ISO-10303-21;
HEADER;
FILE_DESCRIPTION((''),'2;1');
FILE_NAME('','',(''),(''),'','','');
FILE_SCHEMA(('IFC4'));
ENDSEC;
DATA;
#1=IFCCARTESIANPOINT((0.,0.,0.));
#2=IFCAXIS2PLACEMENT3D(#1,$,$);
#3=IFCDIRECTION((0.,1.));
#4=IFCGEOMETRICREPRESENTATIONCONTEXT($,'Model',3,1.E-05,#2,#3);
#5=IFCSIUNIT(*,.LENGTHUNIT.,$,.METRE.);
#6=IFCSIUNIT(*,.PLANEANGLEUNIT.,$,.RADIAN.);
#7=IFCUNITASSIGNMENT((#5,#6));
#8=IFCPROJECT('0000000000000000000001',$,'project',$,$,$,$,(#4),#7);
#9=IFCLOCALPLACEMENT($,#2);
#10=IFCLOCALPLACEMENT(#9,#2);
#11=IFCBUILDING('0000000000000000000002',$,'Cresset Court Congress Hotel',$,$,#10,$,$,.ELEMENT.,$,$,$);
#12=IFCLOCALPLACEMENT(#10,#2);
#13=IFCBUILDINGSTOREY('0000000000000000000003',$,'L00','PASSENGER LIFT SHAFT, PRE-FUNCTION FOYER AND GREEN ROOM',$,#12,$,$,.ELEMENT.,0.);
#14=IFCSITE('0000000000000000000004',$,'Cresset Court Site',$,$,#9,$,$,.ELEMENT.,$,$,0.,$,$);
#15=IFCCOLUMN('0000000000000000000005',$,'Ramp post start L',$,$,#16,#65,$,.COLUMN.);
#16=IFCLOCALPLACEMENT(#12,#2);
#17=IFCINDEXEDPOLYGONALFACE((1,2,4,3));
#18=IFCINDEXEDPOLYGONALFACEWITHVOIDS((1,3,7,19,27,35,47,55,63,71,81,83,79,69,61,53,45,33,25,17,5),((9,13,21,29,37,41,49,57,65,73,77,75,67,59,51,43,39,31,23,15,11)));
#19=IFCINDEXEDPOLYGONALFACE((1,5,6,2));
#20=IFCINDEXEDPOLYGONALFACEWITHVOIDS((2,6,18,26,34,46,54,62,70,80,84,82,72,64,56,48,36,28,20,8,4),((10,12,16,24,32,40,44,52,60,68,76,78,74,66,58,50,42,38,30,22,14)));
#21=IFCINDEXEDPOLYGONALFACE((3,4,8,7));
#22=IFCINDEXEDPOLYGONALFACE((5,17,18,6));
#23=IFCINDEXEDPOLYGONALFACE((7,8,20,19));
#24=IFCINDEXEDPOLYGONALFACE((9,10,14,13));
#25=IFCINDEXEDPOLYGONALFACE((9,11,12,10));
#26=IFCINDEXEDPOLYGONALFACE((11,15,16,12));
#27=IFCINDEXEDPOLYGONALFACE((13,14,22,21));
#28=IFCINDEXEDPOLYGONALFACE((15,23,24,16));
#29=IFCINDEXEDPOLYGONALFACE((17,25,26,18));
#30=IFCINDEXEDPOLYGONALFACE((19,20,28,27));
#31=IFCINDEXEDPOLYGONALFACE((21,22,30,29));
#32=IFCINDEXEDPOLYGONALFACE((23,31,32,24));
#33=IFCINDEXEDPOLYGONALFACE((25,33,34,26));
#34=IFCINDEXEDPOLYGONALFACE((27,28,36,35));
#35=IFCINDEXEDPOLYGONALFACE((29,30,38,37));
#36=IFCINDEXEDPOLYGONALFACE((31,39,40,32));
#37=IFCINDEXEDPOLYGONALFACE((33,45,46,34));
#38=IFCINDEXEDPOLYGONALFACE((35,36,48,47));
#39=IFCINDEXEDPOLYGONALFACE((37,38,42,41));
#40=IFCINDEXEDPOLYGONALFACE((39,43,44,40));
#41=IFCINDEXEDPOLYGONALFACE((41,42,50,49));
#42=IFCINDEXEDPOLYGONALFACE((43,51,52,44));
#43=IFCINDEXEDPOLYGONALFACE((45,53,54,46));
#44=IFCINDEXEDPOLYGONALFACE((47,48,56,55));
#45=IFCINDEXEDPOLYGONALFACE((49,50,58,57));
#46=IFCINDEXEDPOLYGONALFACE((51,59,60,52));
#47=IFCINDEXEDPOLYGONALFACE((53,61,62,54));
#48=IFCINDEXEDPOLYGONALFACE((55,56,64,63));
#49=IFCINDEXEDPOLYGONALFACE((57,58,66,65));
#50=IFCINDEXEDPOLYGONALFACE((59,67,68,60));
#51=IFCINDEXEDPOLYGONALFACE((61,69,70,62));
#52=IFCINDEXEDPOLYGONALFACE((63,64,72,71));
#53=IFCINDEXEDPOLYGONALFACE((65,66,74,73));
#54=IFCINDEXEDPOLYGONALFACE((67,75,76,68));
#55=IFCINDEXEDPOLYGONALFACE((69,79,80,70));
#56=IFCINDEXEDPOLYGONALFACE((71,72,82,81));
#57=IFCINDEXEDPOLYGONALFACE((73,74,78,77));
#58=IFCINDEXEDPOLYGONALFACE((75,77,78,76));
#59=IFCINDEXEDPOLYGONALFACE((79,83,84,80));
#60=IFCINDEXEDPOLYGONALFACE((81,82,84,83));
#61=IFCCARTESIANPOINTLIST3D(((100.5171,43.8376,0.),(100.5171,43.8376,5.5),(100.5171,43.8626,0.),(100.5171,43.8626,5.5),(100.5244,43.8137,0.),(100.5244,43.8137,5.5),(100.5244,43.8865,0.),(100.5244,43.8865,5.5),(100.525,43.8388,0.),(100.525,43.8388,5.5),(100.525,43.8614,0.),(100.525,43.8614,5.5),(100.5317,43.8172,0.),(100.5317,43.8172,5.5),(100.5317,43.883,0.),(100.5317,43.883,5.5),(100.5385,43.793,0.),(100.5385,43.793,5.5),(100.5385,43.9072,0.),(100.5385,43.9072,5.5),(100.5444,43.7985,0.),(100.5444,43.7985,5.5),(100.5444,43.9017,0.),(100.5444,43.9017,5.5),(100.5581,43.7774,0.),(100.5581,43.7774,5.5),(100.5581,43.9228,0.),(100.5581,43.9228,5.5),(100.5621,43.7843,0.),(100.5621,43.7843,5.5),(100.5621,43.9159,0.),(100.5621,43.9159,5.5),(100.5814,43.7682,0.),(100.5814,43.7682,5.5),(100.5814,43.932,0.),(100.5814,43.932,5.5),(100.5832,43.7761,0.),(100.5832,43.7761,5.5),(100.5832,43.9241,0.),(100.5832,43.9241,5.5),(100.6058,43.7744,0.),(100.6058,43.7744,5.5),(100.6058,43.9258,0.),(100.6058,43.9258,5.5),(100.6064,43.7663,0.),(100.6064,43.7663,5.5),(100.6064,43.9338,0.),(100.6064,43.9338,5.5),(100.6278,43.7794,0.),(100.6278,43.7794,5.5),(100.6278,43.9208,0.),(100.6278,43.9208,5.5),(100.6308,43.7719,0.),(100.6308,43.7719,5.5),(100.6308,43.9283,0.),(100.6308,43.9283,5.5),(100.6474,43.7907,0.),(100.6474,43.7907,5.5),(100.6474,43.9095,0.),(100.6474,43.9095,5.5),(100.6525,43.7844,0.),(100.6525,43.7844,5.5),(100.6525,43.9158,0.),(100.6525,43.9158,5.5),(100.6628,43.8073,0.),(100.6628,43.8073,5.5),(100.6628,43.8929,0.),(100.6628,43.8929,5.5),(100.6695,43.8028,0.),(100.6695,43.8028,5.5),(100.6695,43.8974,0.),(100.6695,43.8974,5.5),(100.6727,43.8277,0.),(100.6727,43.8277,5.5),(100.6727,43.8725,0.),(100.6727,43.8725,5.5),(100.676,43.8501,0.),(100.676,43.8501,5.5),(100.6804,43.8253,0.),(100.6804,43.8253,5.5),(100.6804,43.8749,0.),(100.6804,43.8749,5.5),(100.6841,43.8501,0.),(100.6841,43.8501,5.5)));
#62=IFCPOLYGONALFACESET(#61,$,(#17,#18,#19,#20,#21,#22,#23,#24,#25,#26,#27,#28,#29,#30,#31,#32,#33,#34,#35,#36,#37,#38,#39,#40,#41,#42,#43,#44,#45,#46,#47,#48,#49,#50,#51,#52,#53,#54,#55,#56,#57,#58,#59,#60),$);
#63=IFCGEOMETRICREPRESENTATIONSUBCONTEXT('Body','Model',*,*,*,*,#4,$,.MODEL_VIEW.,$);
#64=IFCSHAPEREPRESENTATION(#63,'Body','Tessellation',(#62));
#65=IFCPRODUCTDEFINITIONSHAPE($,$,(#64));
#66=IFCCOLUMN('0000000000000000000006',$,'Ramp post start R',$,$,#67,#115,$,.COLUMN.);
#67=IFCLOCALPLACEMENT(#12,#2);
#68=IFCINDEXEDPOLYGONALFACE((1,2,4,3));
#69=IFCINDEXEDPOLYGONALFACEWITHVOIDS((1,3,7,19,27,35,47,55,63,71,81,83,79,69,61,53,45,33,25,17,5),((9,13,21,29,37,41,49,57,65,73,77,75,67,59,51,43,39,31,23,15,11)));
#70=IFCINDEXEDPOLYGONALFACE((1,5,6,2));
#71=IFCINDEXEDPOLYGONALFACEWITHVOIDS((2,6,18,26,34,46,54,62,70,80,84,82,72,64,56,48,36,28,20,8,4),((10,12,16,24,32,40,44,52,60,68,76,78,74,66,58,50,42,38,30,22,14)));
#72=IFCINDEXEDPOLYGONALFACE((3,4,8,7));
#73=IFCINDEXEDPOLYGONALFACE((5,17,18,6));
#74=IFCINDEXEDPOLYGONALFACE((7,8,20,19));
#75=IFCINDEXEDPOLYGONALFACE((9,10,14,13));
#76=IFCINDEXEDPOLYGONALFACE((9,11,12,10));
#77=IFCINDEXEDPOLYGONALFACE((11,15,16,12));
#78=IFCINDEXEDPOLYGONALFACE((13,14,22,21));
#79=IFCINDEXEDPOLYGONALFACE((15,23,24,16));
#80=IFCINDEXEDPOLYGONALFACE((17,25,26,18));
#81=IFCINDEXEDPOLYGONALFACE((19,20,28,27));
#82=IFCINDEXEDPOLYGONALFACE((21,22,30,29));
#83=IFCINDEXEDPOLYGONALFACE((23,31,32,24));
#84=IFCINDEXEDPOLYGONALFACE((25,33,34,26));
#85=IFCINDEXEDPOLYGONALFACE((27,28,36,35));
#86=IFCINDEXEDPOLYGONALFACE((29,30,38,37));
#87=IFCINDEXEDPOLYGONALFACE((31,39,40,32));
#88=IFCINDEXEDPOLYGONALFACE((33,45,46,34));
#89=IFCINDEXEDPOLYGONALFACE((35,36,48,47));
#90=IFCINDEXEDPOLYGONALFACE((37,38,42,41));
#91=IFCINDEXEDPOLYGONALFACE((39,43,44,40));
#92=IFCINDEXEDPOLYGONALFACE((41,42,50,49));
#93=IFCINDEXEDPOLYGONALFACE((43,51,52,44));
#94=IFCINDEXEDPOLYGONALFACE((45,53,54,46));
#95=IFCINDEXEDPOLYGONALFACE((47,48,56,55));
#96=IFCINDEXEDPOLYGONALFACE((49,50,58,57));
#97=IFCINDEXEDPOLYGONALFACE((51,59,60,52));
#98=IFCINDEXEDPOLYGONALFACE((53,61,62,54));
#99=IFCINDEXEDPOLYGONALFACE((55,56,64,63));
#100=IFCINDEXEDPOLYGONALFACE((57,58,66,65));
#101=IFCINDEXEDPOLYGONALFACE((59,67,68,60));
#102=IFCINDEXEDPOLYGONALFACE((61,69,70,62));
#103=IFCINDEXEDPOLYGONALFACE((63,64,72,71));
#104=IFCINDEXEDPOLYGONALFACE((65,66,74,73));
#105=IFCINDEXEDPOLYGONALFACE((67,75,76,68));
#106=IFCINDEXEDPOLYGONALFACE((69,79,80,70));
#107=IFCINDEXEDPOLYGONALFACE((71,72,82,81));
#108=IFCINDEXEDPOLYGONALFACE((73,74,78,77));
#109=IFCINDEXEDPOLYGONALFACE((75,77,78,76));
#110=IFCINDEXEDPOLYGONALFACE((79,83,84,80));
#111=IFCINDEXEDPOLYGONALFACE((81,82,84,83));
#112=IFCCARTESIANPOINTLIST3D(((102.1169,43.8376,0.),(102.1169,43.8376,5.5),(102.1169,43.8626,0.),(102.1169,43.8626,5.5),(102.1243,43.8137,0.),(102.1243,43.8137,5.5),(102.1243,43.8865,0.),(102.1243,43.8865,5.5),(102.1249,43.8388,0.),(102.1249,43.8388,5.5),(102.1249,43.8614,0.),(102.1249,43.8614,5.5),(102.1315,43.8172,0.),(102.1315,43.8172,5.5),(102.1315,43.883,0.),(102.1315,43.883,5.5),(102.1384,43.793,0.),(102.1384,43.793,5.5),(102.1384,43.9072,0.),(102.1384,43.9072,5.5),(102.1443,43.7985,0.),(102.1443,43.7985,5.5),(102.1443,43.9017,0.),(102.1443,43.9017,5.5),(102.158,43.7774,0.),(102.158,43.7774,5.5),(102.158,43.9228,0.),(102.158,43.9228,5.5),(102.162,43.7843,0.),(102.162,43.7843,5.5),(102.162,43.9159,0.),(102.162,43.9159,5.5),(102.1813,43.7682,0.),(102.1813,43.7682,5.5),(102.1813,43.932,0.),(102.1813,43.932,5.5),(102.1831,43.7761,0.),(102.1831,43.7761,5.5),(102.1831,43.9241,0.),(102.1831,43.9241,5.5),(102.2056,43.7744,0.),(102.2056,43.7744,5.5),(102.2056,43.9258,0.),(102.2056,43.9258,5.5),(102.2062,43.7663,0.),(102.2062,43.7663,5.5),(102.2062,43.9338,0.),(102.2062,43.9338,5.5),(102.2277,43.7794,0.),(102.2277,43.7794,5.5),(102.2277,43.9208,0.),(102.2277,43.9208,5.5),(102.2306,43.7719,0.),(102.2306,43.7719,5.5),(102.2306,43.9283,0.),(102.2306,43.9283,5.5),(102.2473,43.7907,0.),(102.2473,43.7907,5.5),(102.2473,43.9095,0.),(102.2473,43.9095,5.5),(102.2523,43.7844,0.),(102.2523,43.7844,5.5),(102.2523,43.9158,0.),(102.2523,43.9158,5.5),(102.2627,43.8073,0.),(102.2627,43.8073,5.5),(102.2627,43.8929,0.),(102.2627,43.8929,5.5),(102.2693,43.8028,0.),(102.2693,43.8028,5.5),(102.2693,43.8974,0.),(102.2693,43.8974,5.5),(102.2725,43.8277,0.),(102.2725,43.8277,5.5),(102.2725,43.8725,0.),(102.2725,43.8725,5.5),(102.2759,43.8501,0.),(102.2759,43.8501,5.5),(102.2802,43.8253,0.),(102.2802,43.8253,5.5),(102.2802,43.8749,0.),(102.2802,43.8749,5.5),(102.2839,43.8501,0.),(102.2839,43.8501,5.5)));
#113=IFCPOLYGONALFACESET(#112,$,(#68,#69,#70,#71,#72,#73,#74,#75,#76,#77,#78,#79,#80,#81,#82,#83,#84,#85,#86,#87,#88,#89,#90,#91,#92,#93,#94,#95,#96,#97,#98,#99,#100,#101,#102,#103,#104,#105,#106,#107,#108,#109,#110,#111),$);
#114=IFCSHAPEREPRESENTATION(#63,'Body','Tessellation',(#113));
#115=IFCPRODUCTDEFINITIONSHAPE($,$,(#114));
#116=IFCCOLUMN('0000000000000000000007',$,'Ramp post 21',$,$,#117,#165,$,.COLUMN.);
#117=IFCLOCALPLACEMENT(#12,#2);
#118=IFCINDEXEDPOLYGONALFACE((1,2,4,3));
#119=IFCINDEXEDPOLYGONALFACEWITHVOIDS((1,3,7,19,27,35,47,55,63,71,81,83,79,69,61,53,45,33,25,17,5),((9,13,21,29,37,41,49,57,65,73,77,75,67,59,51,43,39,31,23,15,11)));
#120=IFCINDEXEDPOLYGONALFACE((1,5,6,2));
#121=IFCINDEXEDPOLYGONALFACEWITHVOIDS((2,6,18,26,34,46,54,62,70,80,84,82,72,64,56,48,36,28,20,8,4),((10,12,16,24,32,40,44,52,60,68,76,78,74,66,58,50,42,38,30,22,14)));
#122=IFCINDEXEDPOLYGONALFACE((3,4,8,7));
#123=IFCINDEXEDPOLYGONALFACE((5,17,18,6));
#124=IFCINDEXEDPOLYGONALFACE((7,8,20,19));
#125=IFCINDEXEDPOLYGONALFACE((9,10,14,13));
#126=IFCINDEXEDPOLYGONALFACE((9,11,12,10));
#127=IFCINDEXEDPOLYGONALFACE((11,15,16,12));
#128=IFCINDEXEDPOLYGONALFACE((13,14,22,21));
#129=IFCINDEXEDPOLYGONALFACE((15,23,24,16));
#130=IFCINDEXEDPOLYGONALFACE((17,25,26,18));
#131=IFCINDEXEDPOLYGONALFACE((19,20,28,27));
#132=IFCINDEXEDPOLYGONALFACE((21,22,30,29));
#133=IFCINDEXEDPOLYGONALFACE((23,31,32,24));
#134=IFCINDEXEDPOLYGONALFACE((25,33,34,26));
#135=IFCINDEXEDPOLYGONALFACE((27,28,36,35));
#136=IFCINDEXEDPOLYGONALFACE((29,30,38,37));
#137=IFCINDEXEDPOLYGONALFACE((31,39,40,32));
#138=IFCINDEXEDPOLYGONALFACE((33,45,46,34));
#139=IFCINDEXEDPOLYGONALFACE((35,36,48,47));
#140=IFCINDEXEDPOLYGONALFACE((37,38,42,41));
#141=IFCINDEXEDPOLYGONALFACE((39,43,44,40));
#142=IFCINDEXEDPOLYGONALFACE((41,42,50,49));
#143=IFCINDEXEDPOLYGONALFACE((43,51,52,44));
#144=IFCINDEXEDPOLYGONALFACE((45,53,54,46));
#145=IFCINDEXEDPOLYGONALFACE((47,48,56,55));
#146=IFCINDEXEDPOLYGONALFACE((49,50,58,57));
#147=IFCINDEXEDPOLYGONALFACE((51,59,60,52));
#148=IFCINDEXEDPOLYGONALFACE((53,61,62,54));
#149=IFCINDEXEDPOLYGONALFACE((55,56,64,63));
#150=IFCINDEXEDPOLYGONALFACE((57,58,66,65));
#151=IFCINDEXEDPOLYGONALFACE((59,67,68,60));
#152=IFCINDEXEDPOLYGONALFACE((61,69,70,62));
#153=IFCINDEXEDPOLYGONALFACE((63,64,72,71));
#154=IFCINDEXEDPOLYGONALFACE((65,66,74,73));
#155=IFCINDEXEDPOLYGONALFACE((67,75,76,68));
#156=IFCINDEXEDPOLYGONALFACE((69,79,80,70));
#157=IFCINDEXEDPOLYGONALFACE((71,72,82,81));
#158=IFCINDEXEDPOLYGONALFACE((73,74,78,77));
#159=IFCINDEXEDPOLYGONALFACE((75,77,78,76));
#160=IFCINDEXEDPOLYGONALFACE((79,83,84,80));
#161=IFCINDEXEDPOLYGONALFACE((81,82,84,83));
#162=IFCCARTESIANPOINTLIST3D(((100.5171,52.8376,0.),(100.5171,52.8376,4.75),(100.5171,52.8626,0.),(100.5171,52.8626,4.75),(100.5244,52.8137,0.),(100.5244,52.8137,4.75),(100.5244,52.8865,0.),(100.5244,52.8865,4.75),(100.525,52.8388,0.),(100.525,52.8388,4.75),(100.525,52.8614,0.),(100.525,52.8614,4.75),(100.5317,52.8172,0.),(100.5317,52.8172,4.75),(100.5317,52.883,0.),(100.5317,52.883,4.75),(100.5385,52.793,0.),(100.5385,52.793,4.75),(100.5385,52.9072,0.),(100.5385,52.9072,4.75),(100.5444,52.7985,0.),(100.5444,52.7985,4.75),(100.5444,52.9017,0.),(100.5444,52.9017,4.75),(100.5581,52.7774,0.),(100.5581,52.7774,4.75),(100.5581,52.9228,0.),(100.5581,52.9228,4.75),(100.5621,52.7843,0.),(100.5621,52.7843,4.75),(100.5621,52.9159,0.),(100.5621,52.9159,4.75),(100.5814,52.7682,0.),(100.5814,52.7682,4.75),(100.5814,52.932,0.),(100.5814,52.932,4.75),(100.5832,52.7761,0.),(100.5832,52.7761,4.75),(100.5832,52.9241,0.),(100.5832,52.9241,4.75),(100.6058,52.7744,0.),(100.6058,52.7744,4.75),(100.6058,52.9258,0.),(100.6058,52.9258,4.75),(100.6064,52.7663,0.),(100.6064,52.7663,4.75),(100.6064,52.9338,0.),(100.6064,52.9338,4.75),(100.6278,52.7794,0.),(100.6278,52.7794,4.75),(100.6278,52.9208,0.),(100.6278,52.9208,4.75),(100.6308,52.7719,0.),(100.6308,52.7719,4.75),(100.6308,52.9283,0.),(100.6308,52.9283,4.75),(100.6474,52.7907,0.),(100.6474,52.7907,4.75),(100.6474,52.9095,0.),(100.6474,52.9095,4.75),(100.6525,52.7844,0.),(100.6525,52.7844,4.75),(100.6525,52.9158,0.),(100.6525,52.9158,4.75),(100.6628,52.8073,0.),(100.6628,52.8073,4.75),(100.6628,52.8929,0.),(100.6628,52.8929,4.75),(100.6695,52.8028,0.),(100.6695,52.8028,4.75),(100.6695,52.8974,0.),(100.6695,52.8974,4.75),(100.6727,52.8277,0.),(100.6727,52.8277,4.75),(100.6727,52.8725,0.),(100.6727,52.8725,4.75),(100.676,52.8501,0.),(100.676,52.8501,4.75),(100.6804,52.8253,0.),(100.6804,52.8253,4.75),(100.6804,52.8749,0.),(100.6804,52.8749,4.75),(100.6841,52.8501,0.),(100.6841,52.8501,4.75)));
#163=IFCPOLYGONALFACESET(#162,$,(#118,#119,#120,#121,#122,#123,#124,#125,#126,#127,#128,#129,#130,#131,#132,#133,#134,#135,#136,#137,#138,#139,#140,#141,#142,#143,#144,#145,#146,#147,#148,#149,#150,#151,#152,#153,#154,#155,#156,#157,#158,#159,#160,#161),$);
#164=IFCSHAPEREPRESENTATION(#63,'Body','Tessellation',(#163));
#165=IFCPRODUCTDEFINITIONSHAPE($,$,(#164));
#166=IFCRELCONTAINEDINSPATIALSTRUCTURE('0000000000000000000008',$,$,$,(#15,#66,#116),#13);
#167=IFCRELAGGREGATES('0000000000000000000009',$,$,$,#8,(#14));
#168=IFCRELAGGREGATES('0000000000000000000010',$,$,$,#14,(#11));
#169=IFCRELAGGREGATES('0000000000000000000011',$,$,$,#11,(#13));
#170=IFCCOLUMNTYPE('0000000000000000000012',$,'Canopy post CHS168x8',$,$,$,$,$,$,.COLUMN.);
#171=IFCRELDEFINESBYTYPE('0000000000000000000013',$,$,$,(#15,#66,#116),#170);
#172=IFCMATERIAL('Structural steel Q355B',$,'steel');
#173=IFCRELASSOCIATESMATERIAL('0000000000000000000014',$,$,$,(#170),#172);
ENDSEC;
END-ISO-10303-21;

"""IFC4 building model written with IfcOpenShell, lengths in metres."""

from ifc_helpers import new_model, si_unit, direction, frame, origin, origin_2d, place, context, subcontext, project, spatial, hollow_circle, extrude, material, material_profile, profile_set, type_object, element, save


model = new_model("IFC4")

# Units and contexts
model_context = context("Model", 3, precision=1e-05, world=origin(), true_north=direction((0.0, 1.0)))
body_context = subcontext(model_context, "Body", "Model", "MODEL_VIEW")
ifc_project = project(units=[si_unit("LENGTHUNIT", "METRE"), si_unit("PLANEANGLEUNIT", "RADIAN")], contexts=[model_context])

# Site, building, storey
site_placement = place(None, origin())
site = spatial("IfcSite", under=ifc_project, at=site_placement, Name="Cresset Court Site", CompositionType="ELEMENT", RefElevation=0.0)
building_placement = place(site_placement, origin())
building = spatial("IfcBuilding", under=site, at=building_placement, Name="Cresset Court Congress Hotel", CompositionType="ELEMENT")
storey_placement = place(building_placement, origin())
storey = spatial("IfcBuildingStorey", under=building, at=storey_placement, Name="L00", Description="PASSENGER LIFT SHAFT, PRE-FUNCTION FOYER AND GREEN ROOM", CompositionType="ELEMENT", Elevation=0.0)

# Columns
ifc_material_1 = material(Name="Structural steel Q355B", Category="steel")
ifc_material_profile_1 = material_profile(ifc_material_1, hollow_circle(Radius=0.084, WallThickness=0.0081, at=origin_2d()), Name="CHS168x8")
ifc_profile_set_1 = profile_set([ifc_material_profile_1], Name="Structural steel Q355B")
column_type = type_object("IfcColumnType", Name="Canopy post CHS168x8", PredefinedType="COLUMN", material=ifc_profile_set_1)
for number, where, z_axis, x_axis, name in (
    (1, (100.6001, 43.8501, 0.0), (0.0, 0.0, 1.0), (1.0, 0.0, 0.0), "Ramp post start L"),
    (2, (102.2, 43.8501, 0.0), (0.0, 0.0, 1.0), (1.0, 0.0, 0.0), "Ramp post start R"),
):
    element("IfcColumn", number, at=place(storey_placement, frame(where, z_axis=z_axis, x_axis=x_axis)), inside=storey, type_object=column_type, Name=name, PredefinedType="COLUMN", context=body_context, shape_type="SweptSolid", body=[
        extrude(hollow_circle(Radius=0.084, WallThickness=0.0081, at=origin_2d()), origin(), (0.0, 0.0, 1.0), 5.5),
    ])
for number, where, z_axis, x_axis, name in (
    (3, (100.6001, 52.8501, 0.0), (0.0, 0.0, 1.0), (1.0, 0.0, 0.0), "Ramp post 21"),
):
    element("IfcColumn", number, at=place(storey_placement, frame(where, z_axis=z_axis, x_axis=x_axis)), inside=storey, type_object=column_type, Name=name, PredefinedType="COLUMN", context=body_context, shape_type="SweptSolid", body=[
        extrude(hollow_circle(Radius=0.084, WallThickness=0.0081, at=origin_2d()), origin(), (0.0, 0.0, 1.0), 4.75),
    ])

save(model, "model.ifc")
